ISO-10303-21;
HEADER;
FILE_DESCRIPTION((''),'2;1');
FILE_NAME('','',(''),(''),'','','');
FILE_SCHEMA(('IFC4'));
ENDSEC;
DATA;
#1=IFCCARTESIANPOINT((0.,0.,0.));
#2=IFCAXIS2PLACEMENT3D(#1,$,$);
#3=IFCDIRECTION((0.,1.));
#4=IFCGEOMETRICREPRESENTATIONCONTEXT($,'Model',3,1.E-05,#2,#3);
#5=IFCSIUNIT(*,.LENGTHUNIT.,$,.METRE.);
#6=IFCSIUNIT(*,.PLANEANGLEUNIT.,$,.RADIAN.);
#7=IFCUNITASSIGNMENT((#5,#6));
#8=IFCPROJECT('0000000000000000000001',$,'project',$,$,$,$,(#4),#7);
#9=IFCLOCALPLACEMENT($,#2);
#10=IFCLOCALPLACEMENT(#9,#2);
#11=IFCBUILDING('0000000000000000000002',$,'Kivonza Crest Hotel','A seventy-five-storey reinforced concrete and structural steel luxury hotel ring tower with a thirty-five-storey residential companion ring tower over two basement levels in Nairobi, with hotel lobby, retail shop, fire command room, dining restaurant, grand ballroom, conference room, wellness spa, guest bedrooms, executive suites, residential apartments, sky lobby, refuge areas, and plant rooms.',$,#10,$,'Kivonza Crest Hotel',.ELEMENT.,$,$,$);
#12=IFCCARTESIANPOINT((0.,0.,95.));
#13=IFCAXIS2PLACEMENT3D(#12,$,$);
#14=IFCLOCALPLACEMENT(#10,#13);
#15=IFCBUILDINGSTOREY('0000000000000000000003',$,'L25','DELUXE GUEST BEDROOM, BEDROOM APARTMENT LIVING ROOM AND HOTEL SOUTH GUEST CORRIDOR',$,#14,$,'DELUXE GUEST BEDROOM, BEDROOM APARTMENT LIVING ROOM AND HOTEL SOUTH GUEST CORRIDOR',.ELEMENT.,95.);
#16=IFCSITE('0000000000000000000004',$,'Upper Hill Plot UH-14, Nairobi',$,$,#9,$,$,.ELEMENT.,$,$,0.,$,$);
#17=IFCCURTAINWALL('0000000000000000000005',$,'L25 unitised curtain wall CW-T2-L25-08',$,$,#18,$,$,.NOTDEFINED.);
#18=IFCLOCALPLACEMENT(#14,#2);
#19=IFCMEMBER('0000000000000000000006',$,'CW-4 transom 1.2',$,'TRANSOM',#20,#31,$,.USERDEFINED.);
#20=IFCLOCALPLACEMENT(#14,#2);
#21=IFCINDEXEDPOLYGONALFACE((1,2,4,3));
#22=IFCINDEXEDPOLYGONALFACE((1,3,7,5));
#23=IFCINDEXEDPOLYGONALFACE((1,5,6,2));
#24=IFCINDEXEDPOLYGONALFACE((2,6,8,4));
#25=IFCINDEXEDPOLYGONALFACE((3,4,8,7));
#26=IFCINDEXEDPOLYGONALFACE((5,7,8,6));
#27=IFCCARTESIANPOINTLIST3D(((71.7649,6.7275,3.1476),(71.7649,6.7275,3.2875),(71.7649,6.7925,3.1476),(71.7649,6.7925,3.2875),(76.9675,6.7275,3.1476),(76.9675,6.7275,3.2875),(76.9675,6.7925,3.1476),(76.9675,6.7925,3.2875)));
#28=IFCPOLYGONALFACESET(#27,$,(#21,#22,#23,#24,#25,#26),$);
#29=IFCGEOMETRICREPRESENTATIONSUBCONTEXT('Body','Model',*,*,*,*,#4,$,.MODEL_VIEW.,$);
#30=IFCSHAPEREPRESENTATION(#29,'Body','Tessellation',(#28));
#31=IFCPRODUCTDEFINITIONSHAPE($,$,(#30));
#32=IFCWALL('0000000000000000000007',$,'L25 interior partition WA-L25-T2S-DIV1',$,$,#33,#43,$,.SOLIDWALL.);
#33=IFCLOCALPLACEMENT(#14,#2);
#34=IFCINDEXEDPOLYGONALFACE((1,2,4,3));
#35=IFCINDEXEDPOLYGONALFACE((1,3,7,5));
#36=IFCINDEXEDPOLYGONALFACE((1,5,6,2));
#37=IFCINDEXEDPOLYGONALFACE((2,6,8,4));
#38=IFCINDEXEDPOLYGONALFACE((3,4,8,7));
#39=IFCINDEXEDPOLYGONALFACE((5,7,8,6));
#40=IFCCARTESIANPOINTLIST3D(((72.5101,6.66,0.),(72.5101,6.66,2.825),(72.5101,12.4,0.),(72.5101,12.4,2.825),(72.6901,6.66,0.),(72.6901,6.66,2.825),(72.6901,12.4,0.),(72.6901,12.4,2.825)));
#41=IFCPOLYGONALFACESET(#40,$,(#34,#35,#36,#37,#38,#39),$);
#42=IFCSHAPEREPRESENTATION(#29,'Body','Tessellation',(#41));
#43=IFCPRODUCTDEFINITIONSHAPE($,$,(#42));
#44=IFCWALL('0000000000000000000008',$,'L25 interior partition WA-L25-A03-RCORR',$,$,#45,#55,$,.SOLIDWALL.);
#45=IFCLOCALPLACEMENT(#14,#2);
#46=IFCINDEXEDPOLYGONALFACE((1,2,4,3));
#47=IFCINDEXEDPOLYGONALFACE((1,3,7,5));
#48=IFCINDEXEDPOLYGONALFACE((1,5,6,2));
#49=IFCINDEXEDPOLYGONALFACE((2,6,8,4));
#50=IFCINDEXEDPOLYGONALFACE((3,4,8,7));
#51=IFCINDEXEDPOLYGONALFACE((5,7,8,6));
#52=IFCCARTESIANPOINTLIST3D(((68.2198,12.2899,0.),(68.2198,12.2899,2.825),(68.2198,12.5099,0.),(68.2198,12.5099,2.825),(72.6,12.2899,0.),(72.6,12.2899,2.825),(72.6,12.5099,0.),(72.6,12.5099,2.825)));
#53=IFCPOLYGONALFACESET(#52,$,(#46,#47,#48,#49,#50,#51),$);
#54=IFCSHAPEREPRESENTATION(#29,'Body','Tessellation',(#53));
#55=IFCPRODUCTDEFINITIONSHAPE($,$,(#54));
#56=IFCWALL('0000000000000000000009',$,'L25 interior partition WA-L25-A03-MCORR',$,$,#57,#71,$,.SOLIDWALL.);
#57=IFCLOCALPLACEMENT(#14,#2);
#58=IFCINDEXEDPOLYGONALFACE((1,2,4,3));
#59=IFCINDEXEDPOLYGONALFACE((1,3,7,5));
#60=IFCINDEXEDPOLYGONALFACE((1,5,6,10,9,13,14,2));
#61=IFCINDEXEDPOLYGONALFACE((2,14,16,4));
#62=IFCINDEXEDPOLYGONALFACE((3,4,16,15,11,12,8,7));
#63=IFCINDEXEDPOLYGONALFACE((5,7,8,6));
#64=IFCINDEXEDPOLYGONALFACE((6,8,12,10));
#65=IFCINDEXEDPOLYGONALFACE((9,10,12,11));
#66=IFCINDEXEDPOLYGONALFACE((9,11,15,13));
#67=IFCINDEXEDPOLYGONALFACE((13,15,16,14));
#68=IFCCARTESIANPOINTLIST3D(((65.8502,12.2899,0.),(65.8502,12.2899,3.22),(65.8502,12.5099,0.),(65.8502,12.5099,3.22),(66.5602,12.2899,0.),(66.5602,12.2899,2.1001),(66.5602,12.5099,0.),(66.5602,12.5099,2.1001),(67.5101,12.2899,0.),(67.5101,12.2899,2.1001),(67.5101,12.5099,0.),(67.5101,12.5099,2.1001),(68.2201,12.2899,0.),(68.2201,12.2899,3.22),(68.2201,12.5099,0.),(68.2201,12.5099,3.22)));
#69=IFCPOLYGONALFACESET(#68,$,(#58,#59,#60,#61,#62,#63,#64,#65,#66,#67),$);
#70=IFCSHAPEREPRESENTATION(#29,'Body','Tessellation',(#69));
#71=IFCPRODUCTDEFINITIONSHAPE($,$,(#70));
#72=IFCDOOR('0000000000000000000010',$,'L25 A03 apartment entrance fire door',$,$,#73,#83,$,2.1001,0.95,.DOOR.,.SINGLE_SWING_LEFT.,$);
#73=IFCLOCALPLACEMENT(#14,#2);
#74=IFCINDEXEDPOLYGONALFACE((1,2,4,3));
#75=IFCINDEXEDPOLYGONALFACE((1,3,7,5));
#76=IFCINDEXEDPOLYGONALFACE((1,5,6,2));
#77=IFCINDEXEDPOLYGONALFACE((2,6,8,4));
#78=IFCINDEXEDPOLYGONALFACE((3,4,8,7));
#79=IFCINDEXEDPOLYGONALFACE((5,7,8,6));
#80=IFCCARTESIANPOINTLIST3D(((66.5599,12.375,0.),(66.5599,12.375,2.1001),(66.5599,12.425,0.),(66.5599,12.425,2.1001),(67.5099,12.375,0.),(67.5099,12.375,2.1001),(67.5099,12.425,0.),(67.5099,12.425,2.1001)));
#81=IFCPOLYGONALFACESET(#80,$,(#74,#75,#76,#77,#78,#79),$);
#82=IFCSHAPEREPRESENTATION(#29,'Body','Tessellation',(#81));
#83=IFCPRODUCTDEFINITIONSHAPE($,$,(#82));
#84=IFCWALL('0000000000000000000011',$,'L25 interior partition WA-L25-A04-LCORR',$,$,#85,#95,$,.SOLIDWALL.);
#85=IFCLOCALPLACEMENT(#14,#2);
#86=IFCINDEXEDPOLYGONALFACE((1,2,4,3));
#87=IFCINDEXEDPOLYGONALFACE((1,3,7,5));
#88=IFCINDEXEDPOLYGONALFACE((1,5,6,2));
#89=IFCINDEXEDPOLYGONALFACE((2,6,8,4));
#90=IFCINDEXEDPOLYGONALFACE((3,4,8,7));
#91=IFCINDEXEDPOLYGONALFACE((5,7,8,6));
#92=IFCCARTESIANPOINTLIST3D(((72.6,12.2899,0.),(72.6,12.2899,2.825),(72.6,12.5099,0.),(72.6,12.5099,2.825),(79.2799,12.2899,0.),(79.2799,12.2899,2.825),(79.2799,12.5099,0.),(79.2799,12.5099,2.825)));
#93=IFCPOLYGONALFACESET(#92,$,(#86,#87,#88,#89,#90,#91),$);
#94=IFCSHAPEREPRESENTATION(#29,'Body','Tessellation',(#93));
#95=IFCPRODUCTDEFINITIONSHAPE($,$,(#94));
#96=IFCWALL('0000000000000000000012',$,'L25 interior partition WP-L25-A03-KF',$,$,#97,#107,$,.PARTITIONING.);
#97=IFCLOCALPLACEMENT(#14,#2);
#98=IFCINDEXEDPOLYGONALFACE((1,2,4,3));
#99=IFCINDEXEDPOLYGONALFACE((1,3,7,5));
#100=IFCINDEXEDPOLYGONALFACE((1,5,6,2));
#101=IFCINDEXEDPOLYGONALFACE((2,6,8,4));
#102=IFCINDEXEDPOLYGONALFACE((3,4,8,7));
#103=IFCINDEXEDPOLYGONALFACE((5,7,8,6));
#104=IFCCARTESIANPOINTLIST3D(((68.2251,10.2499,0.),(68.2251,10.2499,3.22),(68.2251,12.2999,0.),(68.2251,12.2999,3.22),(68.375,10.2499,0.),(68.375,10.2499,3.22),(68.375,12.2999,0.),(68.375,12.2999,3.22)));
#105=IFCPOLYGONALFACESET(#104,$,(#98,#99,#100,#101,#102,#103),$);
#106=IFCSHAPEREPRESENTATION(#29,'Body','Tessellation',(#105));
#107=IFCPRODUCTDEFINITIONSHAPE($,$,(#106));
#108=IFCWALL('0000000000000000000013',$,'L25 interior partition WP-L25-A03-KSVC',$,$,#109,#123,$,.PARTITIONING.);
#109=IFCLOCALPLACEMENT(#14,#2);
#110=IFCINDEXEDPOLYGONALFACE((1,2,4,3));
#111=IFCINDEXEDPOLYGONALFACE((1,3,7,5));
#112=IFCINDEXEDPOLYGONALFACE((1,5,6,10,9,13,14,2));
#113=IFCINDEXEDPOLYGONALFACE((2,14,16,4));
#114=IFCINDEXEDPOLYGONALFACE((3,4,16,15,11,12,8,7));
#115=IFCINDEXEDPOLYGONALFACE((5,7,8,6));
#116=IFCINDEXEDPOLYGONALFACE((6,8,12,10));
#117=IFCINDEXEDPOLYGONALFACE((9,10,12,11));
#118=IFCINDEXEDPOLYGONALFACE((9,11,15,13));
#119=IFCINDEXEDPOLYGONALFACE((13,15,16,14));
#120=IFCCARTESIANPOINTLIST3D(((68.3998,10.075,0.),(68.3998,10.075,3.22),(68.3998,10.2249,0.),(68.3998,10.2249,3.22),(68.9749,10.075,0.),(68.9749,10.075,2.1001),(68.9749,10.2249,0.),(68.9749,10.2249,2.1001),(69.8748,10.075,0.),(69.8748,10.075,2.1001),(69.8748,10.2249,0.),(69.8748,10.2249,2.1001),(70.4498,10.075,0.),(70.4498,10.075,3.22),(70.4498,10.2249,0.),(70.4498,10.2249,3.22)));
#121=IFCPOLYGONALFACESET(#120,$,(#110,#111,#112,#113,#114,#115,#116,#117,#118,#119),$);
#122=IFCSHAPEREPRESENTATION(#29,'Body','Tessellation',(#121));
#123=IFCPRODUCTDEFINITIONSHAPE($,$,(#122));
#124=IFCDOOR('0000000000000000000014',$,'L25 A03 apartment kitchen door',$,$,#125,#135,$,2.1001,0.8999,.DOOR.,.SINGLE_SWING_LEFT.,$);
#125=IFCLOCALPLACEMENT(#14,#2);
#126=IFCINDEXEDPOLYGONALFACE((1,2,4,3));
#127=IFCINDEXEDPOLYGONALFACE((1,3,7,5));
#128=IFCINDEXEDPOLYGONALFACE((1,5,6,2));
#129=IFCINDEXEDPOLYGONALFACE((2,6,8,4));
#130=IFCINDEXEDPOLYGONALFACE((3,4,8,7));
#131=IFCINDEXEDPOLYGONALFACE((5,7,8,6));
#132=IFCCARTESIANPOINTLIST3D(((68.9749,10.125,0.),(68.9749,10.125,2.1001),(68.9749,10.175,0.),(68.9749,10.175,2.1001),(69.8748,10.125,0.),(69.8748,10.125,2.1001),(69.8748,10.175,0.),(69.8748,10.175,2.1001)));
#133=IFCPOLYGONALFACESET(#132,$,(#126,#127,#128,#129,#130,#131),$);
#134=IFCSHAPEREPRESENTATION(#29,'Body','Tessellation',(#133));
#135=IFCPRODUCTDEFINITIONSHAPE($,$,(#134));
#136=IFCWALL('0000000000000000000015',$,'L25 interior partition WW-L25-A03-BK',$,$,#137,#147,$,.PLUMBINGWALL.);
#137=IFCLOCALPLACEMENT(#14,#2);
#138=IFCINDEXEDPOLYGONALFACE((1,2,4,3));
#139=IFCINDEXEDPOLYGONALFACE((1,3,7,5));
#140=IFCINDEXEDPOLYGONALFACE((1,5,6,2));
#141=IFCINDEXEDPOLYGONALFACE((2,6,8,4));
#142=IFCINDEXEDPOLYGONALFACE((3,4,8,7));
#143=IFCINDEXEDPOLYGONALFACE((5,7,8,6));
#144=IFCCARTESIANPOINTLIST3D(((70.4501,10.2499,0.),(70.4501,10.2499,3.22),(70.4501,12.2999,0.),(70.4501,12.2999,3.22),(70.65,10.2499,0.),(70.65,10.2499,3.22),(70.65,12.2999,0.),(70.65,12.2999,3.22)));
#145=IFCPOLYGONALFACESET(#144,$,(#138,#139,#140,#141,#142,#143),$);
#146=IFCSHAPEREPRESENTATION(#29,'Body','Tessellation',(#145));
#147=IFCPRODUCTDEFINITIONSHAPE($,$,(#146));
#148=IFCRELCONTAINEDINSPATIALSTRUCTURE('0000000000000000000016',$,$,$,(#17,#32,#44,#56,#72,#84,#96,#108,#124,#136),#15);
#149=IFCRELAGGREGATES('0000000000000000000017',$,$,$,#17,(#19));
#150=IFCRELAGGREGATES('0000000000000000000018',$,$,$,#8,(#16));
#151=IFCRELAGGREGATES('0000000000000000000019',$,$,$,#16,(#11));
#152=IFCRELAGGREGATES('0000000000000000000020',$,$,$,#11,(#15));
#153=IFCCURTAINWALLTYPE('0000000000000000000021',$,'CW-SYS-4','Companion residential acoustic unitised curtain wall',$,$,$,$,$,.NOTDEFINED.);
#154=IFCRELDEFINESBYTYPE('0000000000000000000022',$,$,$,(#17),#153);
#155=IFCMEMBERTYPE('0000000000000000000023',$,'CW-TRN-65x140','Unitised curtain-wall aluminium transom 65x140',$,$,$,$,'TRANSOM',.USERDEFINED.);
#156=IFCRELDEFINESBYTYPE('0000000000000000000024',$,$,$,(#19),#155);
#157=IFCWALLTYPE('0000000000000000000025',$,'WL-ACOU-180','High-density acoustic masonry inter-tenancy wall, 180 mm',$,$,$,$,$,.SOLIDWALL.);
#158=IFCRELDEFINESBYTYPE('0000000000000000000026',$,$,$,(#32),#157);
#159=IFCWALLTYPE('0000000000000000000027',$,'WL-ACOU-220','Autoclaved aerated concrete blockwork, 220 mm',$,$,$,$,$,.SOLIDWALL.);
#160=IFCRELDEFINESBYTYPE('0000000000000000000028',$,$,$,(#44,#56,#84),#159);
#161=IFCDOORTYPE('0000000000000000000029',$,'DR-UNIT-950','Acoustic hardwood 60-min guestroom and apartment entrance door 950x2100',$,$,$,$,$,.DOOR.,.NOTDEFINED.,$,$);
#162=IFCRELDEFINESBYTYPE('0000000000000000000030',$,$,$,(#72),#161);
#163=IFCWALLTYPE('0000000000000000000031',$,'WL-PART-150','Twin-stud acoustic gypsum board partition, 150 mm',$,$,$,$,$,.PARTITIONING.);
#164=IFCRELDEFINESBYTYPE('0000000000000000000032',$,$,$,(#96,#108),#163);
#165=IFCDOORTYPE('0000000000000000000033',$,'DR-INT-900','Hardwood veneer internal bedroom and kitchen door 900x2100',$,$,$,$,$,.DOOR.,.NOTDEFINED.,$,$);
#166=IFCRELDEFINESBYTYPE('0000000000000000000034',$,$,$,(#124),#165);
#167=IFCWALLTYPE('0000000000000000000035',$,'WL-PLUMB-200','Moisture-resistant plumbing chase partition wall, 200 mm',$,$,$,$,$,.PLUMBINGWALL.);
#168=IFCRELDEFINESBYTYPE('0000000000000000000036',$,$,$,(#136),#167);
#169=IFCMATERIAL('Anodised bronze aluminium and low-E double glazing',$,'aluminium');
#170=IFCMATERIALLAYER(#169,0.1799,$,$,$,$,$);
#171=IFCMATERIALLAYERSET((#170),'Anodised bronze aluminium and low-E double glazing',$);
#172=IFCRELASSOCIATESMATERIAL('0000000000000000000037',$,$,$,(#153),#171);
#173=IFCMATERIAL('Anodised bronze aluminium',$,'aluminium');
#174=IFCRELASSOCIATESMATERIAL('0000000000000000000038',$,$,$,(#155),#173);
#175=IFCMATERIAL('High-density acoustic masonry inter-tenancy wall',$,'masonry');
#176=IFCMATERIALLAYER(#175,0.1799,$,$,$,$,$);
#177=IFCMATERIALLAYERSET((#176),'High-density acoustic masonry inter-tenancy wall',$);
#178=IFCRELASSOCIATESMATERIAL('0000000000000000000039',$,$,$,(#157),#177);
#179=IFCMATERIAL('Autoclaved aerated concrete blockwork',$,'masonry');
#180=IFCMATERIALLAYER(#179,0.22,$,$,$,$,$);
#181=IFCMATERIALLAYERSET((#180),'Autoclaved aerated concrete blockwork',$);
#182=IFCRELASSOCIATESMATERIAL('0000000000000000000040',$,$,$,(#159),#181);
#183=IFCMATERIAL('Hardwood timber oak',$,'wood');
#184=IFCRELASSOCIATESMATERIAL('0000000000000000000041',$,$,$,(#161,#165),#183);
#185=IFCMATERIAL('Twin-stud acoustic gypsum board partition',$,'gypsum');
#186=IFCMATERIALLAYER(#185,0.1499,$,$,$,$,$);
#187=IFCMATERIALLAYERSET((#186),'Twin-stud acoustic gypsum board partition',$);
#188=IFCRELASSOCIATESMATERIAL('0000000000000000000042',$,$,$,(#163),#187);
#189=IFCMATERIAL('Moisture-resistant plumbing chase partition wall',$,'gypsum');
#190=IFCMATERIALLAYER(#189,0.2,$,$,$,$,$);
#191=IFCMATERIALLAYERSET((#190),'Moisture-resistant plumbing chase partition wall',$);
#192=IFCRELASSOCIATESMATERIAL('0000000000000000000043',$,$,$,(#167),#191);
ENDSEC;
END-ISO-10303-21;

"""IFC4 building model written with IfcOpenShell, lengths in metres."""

from ifc_helpers import new_model, si_unit, direction, frame, frame_2d, origin, origin_2d, place, context, subcontext, project, spatial, rectangle, extrude, material, layer, layer_set, material_profile, profile_set, type_object, element, fill, aggregate, save


model = new_model("IFC4")

# Units and contexts
model_context = context("Model", 3, precision=1e-05, world=origin(), true_north=direction((0.0, 1.0)))
body_context = subcontext(model_context, "Body", "Model", "MODEL_VIEW")
ifc_project = project(units=[si_unit("LENGTHUNIT", "METRE"), si_unit("PLANEANGLEUNIT", "RADIAN")], contexts=[model_context])

# Site, building, storey
site_placement = place(None, origin())
site = spatial("IfcSite", under=ifc_project, at=site_placement, Name="Upper Hill Plot UH-14, Nairobi", CompositionType="ELEMENT", RefElevation=0.0)
building_placement = place(site_placement, origin())
building = spatial("IfcBuilding", under=site, at=building_placement, Name="Kivonza Crest Hotel", Description="A seventy-five-storey reinforced concrete and structural steel luxury hotel ring tower with a thirty-five-storey residential companion ring tower over two basement levels in Nairobi, with hotel lobby, retail shop, fire command room, dining restaurant, grand ballroom, conference room, wellness spa, guest bedrooms, executive suites, residential apartments, sky lobby, refuge areas, and plant rooms.", LongName="Kivonza Crest Hotel", CompositionType="ELEMENT")
storey_placement = place(building_placement, frame((0.0, 0.0, 95.0)))
storey = spatial("IfcBuildingStorey", under=building, at=storey_placement, Name="L25", Description="DELUXE GUEST BEDROOM, BEDROOM APARTMENT LIVING ROOM AND HOTEL SOUTH GUEST CORRIDOR", LongName="DELUXE GUEST BEDROOM, BEDROOM APARTMENT LIVING ROOM AND HOTEL SOUTH GUEST CORRIDOR", CompositionType="ELEMENT", Elevation=95.0)

# Curtain wall, member
ifc_material_1 = material(Name="Anodised bronze aluminium and low-E double glazing", Category="aluminium")
ifc_layer_1 = layer(ifc_material_1, 0.1799)
ifc_layer_set_1 = layer_set([ifc_layer_1], Name="Anodised bronze aluminium and low-E double glazing")
curtain_wall_type = type_object("IfcCurtainWallType", Name="CW-SYS-4", Description="Companion residential acoustic unitised curtain wall", PredefinedType="NOTDEFINED", material=ifc_layer_set_1)
curtain_wall_placement = place(storey_placement, origin())
curtain_wall = element("IfcCurtainWall", 1, at=curtain_wall_placement, inside=storey, type_object=curtain_wall_type, Name="L25 unitised curtain wall CW-T2-L25-08", PredefinedType="NOTDEFINED")
ifc_material_2 = material(Name="Anodised bronze aluminium", Category="aluminium")
ifc_material_profile_1 = material_profile(ifc_material_2, rectangle(XDim=0.0649, YDim=0.1399, at=origin_2d()), Name="CW-T 65x140")
ifc_profile_set_1 = profile_set([ifc_material_profile_1], Name="Anodised bronze aluminium")
member_type_1 = type_object("IfcMemberType", Name="CW-TRN-65x140", Description="Unitised curtain-wall aluminium transom 65x140", ElementType="TRANSOM", PredefinedType="USERDEFINED", material=ifc_profile_set_1)
member_1_placement = place(storey_placement, frame((71.7649, 6.76, 3.2175), z_axis=(1.0, 0.0, 0.0), x_axis=(0.0, 1.0, 0.0)))
member_1 = element("IfcMember", 2, at=member_1_placement, type_object=member_type_1, Name="CW-4 transom 1.2", ObjectType="TRANSOM", PredefinedType="USERDEFINED", context=body_context, shape_type="SweptSolid", body=[
    extrude(rectangle(XDim=0.0649, YDim=0.1399, at=origin_2d()), origin(), (0.0, 0.0, 1.0), 5.2026),
])
aggregate(curtain_wall, [member_1])

# Walls
ifc_material_3 = material(Name="High-density acoustic masonry inter-tenancy wall", Category="masonry")
ifc_layer_2 = layer(ifc_material_3, 0.1799)
ifc_layer_set_2 = layer_set([ifc_layer_2], Name="High-density acoustic masonry inter-tenancy wall")
wall_type_1 = type_object("IfcWallType", Name="WL-ACOU-180", Description="High-density acoustic masonry inter-tenancy wall, 180 mm", PredefinedType="SOLIDWALL", material=ifc_layer_set_2)
wall_1_placement = place(storey_placement, frame((72.6001, 6.6599, 0.0), z_axis=(0.0, 0.0, 1.0), x_axis=(0.0, 1.0, 0.0)))
element("IfcWall", 3, at=wall_1_placement, inside=storey, type_object=wall_type_1, Name="L25 interior partition WA-L25-T2S-DIV1", PredefinedType="SOLIDWALL", context=body_context, shape_type="SweptSolid", body=[
    extrude(rectangle(XDim=5.74, YDim=0.1799, at=frame_2d((2.8701, 0.0))), origin(), (0.0, 0.0, 1.0), 2.825),
])
ifc_material_4 = material(Name="Autoclaved aerated concrete blockwork", Category="masonry")
ifc_layer_3 = layer(ifc_material_4, 0.22)
ifc_layer_set_3 = layer_set([ifc_layer_3], Name="Autoclaved aerated concrete blockwork")
wall_type_2 = type_object("IfcWallType", Name="WL-ACOU-220", Description="Autoclaved aerated concrete blockwork, 220 mm", PredefinedType="SOLIDWALL", material=ifc_layer_set_3)
wall_2_placement = place(storey_placement, frame((68.22, 12.3999, 0.0), z_axis=(0.0, 0.0, 1.0), x_axis=(1.0, 0.0, 0.0)))
element("IfcWall", 4, at=wall_2_placement, inside=storey, type_object=wall_type_2, Name="L25 interior partition WA-L25-A03-RCORR", PredefinedType="SOLIDWALL", context=body_context, shape_type="SweptSolid", body=[
    extrude(rectangle(XDim=4.3801, YDim=0.22, at=frame_2d((2.1899, 0.0))), origin(), (0.0, 0.0, 1.0), 2.825),
])

# Wall, opening, door
wall_3_placement = place(storey_placement, frame((65.8501, 12.3999, 0.0), z_axis=(0.0, 0.0, 1.0), x_axis=(1.0, 0.0, 0.0)))
wall_3 = element("IfcWall", 5, at=wall_3_placement, inside=storey, type_object=wall_type_2, Name="L25 interior partition WA-L25-A03-MCORR", PredefinedType="SOLIDWALL", context=body_context, shape_type="SweptSolid", body=[
    extrude(rectangle(XDim=2.3699, YDim=0.22, at=frame_2d((1.1851, 0.0))), origin(), (0.0, 0.0, 1.0), 3.22),
])
opening_1_placement = place(wall_3_placement, frame((0.71, 0.0, 0.0)))
opening_1 = element("IfcOpeningElement", 6, at=opening_1_placement, cuts=wall_3, PredefinedType="OPENING", context=body_context, shape_type="SweptSolid", body=[
    extrude(rectangle(XDim=0.95, YDim=2.1001, at=frame_2d((0.4751, 1.05))), frame((0.0, 0.1201, 0.0), z_axis=(0.0, -1.0, 0.0), x_axis=(1.0, 0.0, 0.0)), (0.0, 0.0, 1.0), 0.24),
])
ifc_material_5 = material(Name="Hardwood timber oak", Category="wood")
door_type_1 = type_object("IfcDoorType", Name="DR-UNIT-950", Description="Acoustic hardwood 60-min guestroom and apartment entrance door 950x2100", OperationType="NOTDEFINED", PredefinedType="DOOR", material=ifc_material_5)
door_1_placement = place(opening_1_placement, frame((0.95, 0.0, 0.0), z_axis=(0.0, 0.0, 1.0), x_axis=(-1.0, 0.0, 0.0)))
door_1 = element("IfcDoor", 7, at=door_1_placement, inside=storey, type_object=door_type_1, Name="L25 A03 apartment entrance fire door", OperationType="SINGLE_SWING_LEFT", OverallHeight=2.1001, OverallWidth=0.95, PredefinedType="DOOR", context=body_context, shape_type="SweptSolid", body=[
    extrude(rectangle(XDim=0.95, YDim=2.1001, at=frame_2d((0.4751, 1.05))), frame((0.0, 0.0249, 0.0), z_axis=(0.0, -1.0, 0.0), x_axis=(1.0, 0.0, 0.0)), (0.0, 0.0, 1.0), 0.05),
])
fill(opening_1, door_1)

# Wall
wall_4_placement = place(storey_placement, frame((72.6001, 12.3999, 0.0), z_axis=(0.0, 0.0, 1.0), x_axis=(1.0, 0.0, 0.0)))
element("IfcWall", 8, at=wall_4_placement, inside=storey, type_object=wall_type_2, Name="L25 interior partition WA-L25-A04-LCORR", PredefinedType="SOLIDWALL", context=body_context, shape_type="SweptSolid", body=[
    extrude(rectangle(XDim=6.6799, YDim=0.22, at=frame_2d((3.3398, 0.0))), origin(), (0.0, 0.0, 1.0), 2.825),
])

# Wall
ifc_material_6 = material(Name="Twin-stud acoustic gypsum board partition", Category="gypsum")
ifc_layer_4 = layer(ifc_material_6, 0.1499)
ifc_layer_set_4 = layer_set([ifc_layer_4], Name="Twin-stud acoustic gypsum board partition")
wall_type_3 = type_object("IfcWallType", Name="WL-PART-150", Description="Twin-stud acoustic gypsum board partition, 150 mm", PredefinedType="PARTITIONING", material=ifc_layer_set_4)
wall_5_placement = place(storey_placement, frame((68.3, 10.25, 0.0), z_axis=(0.0, 0.0, 1.0), x_axis=(0.0, 1.0, 0.0)))
element("IfcWall", 9, at=wall_5_placement, inside=storey, type_object=wall_type_3, Name="L25 interior partition WP-L25-A03-KF", PredefinedType="PARTITIONING", context=body_context, shape_type="SweptSolid", body=[
    extrude(rectangle(XDim=2.05, YDim=0.1499, at=frame_2d((1.0249, 0.0))), origin(), (0.0, 0.0, 1.0), 3.22),
])

# Wall, opening, door
wall_6_placement = place(storey_placement, frame((68.3999, 10.1499, 0.0), z_axis=(0.0, 0.0, 1.0), x_axis=(1.0, 0.0, 0.0)))
wall_6 = element("IfcWall", 10, at=wall_6_placement, inside=storey, type_object=wall_type_3, Name="L25 interior partition WP-L25-A03-KSVC", PredefinedType="PARTITIONING", context=body_context, shape_type="SweptSolid", body=[
    extrude(rectangle(XDim=2.05, YDim=0.1499, at=frame_2d((1.0249, 0.0))), origin(), (0.0, 0.0, 1.0), 3.22),
])
opening_2_placement = place(wall_6_placement, frame((0.575, 0.0, 0.0)))
opening_2 = element("IfcOpeningElement", 11, at=opening_2_placement, cuts=wall_6, PredefinedType="OPENING", context=body_context, shape_type="SweptSolid", body=[
    extrude(rectangle(XDim=0.8999, YDim=2.1001, at=frame_2d((0.45, 1.05))), frame((0.0, 0.085, 0.0), z_axis=(0.0, -1.0, 0.0), x_axis=(1.0, 0.0, 0.0)), (0.0, 0.0, 1.0), 0.1699),
])
door_type_2 = type_object("IfcDoorType", Name="DR-INT-900", Description="Hardwood veneer internal bedroom and kitchen door 900x2100", OperationType="NOTDEFINED", PredefinedType="DOOR", material=ifc_material_5)
door_2_placement = place(opening_2_placement, frame((0.8999, 0.0, 0.0), z_axis=(0.0, 0.0, 1.0), x_axis=(-1.0, 0.0, 0.0)))
door_2 = element("IfcDoor", 12, at=door_2_placement, inside=storey, type_object=door_type_2, Name="L25 A03 apartment kitchen door", OperationType="SINGLE_SWING_LEFT", OverallHeight=2.1001, OverallWidth=0.8999, PredefinedType="DOOR", context=body_context, shape_type="SweptSolid", body=[
    extrude(rectangle(XDim=0.8999, YDim=2.1001, at=frame_2d((0.45, 1.05))), frame((0.0, 0.0249, 0.0), z_axis=(0.0, -1.0, 0.0), x_axis=(1.0, 0.0, 0.0)), (0.0, 0.0, 1.0), 0.05),
])
fill(opening_2, door_2)

# Wall
ifc_material_7 = material(Name="Moisture-resistant plumbing chase partition wall", Category="gypsum")
ifc_layer_5 = layer(ifc_material_7, 0.2)
ifc_layer_set_5 = layer_set([ifc_layer_5], Name="Moisture-resistant plumbing chase partition wall")
wall_type_4 = type_object("IfcWallType", Name="WL-PLUMB-200", Description="Moisture-resistant plumbing chase partition wall, 200 mm", PredefinedType="PLUMBINGWALL", material=ifc_layer_set_5)
wall_7_placement = place(storey_placement, frame((70.55, 10.25, 0.0), z_axis=(0.0, 0.0, 1.0), x_axis=(0.0, 1.0, 0.0)))
element("IfcWall", 13, at=wall_7_placement, inside=storey, type_object=wall_type_4, Name="L25 interior partition WW-L25-A03-BK", PredefinedType="PLUMBINGWALL", context=body_context, shape_type="SweptSolid", body=[
    extrude(rectangle(XDim=2.05, YDim=0.2, at=frame_2d((1.0249, 0.0))), origin(), (0.0, 0.0, 1.0), 3.22),
])

save(model, "model.ifc")
